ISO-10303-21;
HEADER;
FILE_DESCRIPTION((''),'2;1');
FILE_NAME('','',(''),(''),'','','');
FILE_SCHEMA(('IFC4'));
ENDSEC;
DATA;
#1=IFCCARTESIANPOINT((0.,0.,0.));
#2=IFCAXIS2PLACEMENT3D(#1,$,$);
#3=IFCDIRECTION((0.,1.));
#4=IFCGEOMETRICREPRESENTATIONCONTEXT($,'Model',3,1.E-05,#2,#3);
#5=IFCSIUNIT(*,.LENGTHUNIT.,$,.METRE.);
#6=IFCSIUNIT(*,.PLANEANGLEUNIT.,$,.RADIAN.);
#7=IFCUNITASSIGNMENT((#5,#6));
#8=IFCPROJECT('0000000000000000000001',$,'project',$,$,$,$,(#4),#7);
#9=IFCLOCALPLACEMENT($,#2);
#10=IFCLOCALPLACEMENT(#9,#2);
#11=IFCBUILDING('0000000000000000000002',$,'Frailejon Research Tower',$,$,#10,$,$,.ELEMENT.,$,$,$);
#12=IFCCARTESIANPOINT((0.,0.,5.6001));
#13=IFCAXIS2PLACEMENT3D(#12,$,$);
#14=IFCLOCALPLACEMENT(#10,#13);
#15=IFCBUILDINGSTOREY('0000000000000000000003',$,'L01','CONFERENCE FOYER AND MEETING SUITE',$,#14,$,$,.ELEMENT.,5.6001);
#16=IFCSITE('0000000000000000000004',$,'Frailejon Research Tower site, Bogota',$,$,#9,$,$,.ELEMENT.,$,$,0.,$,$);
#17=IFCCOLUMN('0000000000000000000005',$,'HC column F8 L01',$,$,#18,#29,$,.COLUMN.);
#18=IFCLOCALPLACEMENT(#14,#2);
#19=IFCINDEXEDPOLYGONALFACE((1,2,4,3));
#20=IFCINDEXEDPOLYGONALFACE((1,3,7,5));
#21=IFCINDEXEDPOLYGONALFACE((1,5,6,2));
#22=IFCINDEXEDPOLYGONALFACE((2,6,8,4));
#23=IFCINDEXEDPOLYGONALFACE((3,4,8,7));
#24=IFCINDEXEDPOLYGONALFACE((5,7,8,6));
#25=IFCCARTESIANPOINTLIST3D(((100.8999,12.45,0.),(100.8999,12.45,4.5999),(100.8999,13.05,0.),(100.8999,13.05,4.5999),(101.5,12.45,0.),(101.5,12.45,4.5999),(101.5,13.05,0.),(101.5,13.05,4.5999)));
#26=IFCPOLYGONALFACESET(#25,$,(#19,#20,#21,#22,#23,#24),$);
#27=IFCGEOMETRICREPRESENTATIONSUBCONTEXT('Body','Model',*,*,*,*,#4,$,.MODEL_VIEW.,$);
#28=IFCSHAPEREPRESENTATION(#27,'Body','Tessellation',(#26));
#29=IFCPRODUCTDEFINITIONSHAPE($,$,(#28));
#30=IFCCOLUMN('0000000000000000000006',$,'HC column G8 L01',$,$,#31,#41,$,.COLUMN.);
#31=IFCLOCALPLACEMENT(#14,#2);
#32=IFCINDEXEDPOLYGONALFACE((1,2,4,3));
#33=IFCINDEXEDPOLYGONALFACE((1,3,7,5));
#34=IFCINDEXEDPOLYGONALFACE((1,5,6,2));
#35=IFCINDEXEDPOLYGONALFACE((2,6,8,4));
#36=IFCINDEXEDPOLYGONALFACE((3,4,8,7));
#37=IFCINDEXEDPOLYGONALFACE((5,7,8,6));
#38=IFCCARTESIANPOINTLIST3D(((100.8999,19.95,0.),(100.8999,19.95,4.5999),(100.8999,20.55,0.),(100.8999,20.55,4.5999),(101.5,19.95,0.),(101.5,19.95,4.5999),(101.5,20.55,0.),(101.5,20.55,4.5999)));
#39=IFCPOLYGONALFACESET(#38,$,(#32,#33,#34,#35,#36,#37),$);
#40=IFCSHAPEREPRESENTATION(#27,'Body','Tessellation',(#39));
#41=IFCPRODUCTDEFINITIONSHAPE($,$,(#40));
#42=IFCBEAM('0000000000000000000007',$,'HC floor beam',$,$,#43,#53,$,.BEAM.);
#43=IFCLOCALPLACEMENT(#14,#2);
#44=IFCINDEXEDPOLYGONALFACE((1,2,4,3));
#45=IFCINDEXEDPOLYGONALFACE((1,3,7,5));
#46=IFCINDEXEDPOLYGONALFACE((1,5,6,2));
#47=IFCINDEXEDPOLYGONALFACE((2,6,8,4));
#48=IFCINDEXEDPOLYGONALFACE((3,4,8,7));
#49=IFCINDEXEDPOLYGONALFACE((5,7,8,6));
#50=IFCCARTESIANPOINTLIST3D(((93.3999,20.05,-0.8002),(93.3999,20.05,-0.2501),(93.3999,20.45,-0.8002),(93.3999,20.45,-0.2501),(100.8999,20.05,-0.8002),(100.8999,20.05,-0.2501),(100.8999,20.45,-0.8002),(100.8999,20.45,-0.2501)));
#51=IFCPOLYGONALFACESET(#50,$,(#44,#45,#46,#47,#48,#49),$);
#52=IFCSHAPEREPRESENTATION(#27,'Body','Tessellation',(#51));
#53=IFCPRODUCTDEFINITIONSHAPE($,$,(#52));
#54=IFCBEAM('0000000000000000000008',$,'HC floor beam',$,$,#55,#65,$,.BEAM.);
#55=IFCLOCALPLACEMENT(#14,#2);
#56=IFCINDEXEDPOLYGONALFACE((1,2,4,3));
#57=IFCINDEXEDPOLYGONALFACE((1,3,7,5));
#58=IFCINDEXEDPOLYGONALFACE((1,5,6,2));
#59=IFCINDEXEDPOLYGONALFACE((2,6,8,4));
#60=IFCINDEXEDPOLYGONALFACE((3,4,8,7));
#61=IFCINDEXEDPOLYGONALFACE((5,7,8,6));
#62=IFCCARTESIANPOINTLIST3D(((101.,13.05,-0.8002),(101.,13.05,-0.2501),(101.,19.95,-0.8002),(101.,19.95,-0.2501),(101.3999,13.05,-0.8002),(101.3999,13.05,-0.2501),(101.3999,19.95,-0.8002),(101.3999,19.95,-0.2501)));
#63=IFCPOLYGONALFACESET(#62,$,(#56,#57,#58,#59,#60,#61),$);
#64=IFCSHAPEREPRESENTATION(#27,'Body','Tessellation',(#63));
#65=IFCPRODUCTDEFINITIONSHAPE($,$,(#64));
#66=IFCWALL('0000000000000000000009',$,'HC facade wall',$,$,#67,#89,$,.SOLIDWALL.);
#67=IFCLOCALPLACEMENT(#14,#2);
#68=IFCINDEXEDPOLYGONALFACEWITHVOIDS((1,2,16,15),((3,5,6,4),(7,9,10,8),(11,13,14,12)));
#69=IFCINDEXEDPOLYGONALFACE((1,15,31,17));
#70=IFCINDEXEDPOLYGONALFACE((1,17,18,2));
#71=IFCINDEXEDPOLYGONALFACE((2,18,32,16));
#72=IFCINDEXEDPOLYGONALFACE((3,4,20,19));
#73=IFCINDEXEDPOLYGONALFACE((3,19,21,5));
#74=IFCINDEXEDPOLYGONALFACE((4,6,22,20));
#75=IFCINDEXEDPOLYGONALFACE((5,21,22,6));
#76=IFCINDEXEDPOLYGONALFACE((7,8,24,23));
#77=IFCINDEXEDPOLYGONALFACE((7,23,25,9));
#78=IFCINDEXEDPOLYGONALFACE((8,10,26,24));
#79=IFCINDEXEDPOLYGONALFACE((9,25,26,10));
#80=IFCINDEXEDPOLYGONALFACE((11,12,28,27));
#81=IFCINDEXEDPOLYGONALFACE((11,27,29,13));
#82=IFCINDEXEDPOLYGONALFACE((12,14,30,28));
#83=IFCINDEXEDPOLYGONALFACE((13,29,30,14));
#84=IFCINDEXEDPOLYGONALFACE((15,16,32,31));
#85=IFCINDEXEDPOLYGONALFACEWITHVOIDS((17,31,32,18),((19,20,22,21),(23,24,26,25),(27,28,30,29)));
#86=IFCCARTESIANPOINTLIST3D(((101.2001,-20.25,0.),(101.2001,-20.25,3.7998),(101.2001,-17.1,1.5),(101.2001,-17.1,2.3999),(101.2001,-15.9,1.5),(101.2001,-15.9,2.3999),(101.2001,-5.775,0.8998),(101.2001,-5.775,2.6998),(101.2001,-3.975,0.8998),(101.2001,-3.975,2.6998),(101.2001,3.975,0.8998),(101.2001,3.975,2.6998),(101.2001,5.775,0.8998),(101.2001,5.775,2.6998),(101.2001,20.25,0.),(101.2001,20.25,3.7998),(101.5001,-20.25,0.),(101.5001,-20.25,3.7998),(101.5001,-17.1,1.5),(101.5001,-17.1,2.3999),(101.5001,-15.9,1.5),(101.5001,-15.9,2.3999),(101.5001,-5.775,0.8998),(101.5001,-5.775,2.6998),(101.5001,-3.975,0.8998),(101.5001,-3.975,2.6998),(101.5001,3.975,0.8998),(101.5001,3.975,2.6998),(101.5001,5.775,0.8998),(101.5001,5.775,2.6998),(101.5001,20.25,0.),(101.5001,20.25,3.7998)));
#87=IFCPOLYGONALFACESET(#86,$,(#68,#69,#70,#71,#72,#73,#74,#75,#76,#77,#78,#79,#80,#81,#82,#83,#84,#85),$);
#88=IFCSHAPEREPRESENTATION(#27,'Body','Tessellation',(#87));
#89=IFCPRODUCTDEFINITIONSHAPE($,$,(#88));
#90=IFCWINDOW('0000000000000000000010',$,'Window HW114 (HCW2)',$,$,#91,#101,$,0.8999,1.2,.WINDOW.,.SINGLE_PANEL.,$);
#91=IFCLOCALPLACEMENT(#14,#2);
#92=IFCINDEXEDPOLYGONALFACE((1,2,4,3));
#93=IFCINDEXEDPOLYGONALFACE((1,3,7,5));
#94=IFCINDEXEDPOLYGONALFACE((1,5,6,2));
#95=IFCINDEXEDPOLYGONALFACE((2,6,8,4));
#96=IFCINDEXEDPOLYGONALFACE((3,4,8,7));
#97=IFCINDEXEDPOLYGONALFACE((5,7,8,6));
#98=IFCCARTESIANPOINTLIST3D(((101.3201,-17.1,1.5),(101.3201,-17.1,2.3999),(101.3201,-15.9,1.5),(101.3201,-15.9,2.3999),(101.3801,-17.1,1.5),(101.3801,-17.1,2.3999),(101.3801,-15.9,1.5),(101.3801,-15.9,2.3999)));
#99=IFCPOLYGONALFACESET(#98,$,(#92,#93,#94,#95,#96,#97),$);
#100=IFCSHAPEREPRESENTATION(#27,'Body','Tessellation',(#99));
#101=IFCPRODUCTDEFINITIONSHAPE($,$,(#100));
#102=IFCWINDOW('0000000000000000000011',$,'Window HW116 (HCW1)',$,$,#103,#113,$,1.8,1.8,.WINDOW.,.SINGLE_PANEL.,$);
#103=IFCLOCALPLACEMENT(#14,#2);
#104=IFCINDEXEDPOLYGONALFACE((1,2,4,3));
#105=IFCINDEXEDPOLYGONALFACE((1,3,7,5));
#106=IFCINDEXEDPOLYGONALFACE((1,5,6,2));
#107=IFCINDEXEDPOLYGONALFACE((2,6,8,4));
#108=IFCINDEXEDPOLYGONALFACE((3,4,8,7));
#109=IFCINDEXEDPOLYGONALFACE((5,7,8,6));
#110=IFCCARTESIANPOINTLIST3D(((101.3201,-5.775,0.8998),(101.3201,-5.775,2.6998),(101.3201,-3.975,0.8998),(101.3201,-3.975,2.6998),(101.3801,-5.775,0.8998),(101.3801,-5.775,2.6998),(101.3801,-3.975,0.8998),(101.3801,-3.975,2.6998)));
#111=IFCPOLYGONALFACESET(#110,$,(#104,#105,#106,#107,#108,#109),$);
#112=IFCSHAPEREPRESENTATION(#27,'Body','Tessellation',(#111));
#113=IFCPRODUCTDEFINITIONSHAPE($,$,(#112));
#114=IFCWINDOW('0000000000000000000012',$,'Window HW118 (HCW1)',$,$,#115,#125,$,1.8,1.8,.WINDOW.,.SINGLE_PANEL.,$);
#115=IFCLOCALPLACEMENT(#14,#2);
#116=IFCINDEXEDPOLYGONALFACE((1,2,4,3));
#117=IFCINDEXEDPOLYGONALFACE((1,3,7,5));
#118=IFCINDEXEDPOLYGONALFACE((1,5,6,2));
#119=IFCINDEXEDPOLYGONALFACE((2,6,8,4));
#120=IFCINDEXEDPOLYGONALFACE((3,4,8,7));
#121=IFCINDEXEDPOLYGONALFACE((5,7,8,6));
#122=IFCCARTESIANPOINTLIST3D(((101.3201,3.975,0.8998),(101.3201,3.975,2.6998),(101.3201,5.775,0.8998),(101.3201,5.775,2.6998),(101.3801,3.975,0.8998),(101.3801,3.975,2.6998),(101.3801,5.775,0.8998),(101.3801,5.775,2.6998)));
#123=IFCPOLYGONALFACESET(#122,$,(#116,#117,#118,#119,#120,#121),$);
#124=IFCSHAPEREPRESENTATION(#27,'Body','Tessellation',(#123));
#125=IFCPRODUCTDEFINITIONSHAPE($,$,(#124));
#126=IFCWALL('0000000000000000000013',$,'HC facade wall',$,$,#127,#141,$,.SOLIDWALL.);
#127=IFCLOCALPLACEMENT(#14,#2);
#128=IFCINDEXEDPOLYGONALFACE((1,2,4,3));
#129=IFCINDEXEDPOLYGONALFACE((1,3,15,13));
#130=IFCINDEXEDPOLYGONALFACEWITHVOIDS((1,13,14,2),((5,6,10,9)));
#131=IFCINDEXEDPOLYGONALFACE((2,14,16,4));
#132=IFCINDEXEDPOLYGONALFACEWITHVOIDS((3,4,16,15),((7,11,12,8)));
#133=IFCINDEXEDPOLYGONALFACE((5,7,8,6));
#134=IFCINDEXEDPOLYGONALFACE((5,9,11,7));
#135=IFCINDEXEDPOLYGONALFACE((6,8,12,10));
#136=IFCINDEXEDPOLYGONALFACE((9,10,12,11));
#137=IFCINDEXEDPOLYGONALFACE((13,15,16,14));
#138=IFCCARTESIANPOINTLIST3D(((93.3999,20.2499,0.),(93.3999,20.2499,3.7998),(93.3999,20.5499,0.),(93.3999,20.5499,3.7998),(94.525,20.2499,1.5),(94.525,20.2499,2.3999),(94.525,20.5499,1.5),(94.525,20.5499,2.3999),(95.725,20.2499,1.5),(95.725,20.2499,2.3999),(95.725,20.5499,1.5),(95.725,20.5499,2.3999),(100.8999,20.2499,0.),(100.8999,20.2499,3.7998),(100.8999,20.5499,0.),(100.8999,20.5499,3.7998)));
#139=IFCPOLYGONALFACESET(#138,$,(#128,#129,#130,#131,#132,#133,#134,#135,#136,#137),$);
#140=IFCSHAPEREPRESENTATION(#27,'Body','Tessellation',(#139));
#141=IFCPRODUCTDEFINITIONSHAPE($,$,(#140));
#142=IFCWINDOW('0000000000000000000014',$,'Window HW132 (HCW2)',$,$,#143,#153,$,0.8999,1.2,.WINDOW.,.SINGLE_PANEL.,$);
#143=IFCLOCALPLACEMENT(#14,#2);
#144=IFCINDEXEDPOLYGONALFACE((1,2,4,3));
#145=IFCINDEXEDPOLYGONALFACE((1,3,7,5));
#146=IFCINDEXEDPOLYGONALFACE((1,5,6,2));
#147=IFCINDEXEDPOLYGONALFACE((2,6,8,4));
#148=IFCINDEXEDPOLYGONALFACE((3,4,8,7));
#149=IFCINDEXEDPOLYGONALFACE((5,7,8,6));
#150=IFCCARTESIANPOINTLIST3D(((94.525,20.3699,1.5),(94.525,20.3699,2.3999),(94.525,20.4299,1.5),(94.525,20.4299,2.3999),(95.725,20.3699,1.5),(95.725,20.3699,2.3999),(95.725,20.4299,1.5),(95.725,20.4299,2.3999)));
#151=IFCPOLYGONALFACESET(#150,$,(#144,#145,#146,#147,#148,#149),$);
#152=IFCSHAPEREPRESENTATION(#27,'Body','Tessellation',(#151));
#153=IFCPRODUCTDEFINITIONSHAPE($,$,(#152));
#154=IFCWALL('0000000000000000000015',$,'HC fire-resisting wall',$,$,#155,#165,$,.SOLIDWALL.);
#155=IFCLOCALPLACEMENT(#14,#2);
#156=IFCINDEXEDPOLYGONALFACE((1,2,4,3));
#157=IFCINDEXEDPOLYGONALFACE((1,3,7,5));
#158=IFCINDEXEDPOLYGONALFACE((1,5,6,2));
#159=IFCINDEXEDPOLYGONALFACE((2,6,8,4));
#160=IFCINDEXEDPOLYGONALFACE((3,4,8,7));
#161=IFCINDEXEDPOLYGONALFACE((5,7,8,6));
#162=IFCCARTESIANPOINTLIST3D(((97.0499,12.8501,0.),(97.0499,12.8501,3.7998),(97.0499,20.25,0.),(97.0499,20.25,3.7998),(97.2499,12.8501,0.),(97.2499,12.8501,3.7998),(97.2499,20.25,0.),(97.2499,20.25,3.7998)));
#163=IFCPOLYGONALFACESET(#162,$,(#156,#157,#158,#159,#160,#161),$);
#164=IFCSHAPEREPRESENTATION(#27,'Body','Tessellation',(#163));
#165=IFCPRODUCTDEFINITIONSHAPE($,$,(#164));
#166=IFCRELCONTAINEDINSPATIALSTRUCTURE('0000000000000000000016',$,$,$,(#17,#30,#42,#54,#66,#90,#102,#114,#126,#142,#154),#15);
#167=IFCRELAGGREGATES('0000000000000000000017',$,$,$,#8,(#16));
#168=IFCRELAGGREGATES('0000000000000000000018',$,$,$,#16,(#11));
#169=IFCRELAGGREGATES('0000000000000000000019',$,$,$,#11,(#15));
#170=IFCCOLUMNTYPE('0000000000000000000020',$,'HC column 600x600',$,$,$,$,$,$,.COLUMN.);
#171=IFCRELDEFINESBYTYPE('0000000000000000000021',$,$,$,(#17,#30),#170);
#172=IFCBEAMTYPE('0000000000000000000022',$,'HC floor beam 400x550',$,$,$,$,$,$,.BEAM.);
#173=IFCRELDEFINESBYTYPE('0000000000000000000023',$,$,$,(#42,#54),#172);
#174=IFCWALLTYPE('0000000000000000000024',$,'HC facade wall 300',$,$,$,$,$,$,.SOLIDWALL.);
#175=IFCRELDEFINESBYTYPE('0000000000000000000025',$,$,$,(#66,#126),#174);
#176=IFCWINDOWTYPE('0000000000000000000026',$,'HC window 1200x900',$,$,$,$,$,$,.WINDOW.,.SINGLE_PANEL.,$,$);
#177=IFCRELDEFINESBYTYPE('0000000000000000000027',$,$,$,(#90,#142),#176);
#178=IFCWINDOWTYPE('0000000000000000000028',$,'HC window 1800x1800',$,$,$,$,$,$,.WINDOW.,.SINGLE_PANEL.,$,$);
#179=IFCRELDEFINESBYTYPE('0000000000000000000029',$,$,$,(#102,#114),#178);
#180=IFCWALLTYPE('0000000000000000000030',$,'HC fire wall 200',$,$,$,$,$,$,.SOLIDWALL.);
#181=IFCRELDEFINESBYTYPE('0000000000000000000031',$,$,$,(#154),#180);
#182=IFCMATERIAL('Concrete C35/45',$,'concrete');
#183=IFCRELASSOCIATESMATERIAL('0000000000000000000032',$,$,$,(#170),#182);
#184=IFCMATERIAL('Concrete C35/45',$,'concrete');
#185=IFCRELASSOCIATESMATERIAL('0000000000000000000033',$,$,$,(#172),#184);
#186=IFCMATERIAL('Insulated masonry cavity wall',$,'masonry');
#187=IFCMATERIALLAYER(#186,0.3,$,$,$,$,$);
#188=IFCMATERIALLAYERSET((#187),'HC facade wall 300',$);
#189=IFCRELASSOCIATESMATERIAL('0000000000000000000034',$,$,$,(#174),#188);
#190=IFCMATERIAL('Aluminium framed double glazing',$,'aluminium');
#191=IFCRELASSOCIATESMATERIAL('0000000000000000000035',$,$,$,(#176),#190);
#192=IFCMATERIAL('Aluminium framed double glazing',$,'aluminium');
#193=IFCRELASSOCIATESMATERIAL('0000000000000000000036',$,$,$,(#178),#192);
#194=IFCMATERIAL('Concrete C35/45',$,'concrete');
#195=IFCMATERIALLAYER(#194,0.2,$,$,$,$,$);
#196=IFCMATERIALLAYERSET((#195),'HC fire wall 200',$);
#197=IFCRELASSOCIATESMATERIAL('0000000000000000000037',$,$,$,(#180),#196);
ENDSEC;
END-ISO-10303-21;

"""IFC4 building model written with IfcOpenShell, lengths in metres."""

from ifc_helpers import new_model, si_unit, direction, frame, frame_2d, origin, origin_2d, place, context, subcontext, project, spatial, rectangle, extrude, material, layer, layer_set, material_profile, profile_set, type_object, element, fill, save


model = new_model("IFC4")

# Units and contexts
model_context = context("Model", 3, precision=1e-05, world=origin(), true_north=direction((0.0, 1.0)))
body_context = subcontext(model_context, "Body", "Model", "MODEL_VIEW")
ifc_project = project(units=[si_unit("LENGTHUNIT", "METRE"), si_unit("PLANEANGLEUNIT", "RADIAN")], contexts=[model_context])

# Site, building, storey
site_placement = place(None, origin())
site = spatial("IfcSite", under=ifc_project, at=site_placement, Name="Frailejon Research Tower site, Bogota", CompositionType="ELEMENT", RefElevation=0.0)
building_placement = place(site_placement, origin())
building = spatial("IfcBuilding", under=site, at=building_placement, Name="Frailejon Research Tower", CompositionType="ELEMENT")
storey_placement = place(building_placement, frame((0.0, 0.0, 5.6001)))
storey = spatial("IfcBuildingStorey", under=building, at=storey_placement, Name="L01", Description="CONFERENCE FOYER AND MEETING SUITE", CompositionType="ELEMENT", Elevation=5.6001)

# Columns
ifc_material_1 = material(Name="Concrete C35/45", Category="concrete")
ifc_material_profile_1 = material_profile(ifc_material_1, rectangle(XDim=0.6001, YDim=0.6001, at=origin_2d()), Name="HC column 600x600")
ifc_profile_set_1 = profile_set([ifc_material_profile_1], Name="Concrete C35/45")
column_type = type_object("IfcColumnType", Name="HC column 600x600", PredefinedType="COLUMN", material=ifc_profile_set_1)
for number, where, z_axis, x_axis, name in (
    (1, (101.2, 12.75, 0.0), (0.0, 0.0, 1.0), (1.0, 0.0, 0.0), "HC column F8 L01"),
    (2, (101.2, 20.25, 0.0), (0.0, 0.0, 1.0), (1.0, 0.0, 0.0), "HC column G8 L01"),
):
    element("IfcColumn", number, at=place(storey_placement, frame(where, z_axis=z_axis, x_axis=x_axis)), inside=storey, type_object=column_type, Name=name, PredefinedType="COLUMN", context=body_context, shape_type="SweptSolid", body=[
        extrude(rectangle(XDim=0.6001, YDim=0.6001, at=origin_2d()), origin(), (0.0, 0.0, 1.0), 4.5999),
    ])

# Beams
ifc_material_2 = material(Name="Concrete C35/45", Category="concrete")
ifc_material_profile_2 = material_profile(ifc_material_2, rectangle(XDim=0.3999, YDim=0.55, at=origin_2d()), Name="HC floor beam 400x550")
ifc_profile_set_2 = profile_set([ifc_material_profile_2], Name="Concrete C35/45")
beam_type = type_object("IfcBeamType", Name="HC floor beam 400x550", PredefinedType="BEAM", material=ifc_profile_set_2)
beam_1_placement = place(storey_placement, frame((93.3999, 20.25, -0.5251), z_axis=(1.0, 0.0, 0.0), x_axis=(0.0, 1.0, 0.0)))
element("IfcBeam", 3, at=beam_1_placement, inside=storey, type_object=beam_type, Name="HC floor beam", PredefinedType="BEAM", context=body_context, shape_type="SweptSolid", body=[
    extrude(rectangle(XDim=0.3999, YDim=0.55, at=origin_2d()), origin(), (0.0, 0.0, 1.0), 7.5),
])
beam_2_placement = place(storey_placement, frame((101.2, 13.05, -0.5251), z_axis=(0.0, 1.0, 0.0), x_axis=(-1.0, 0.0, 0.0)))
element("IfcBeam", 4, at=beam_2_placement, inside=storey, type_object=beam_type, Name="HC floor beam", PredefinedType="BEAM", context=body_context, shape_type="SweptSolid", body=[
    extrude(rectangle(XDim=0.3999, YDim=0.55, at=origin_2d()), origin(), (0.0, 0.0, 1.0), 6.8999),
])

# Wall, openings, windows
ifc_material_3 = material(Name="Insulated masonry cavity wall", Category="masonry")
ifc_layer_1 = layer(ifc_material_3, 0.3)
ifc_layer_set_1 = layer_set([ifc_layer_1], Name="HC facade wall 300")
wall_type_1 = type_object("IfcWallType", Name="HC facade wall 300", PredefinedType="SOLIDWALL", material=ifc_layer_set_1)
wall_1_placement = place(storey_placement, frame((101.3501, 20.25, 0.0), z_axis=(0.0, 0.0, 1.0), x_axis=(0.0, -1.0, 0.0)))
wall_1 = element("IfcWall", 5, at=wall_1_placement, inside=storey, type_object=wall_type_1, Name="HC facade wall", PredefinedType="SOLIDWALL", context=body_context, shape_type="SweptSolid", body=[
    extrude(rectangle(XDim=40.5, YDim=0.3, at=frame_2d((20.25, 0.0))), origin(), (0.0, 0.0, 1.0), 3.7998),
])
opening_1_placement = place(wall_1_placement, frame((36.1499, 0.0, 1.5)))
opening_1 = element("IfcOpeningElement", 6, at=opening_1_placement, cuts=wall_1, PredefinedType="OPENING", context=body_context, shape_type="SweptSolid", body=[
    extrude(rectangle(XDim=1.2, YDim=0.8999, at=frame_2d((0.6001, 0.45))), frame((0.0, 0.1599, 0.0), z_axis=(0.0, -1.0, 0.0), x_axis=(1.0, 0.0, 0.0)), (0.0, 0.0, 1.0), 0.3201),
])
opening_2_placement = place(wall_1_placement, frame((24.2251, 0.0, 0.8999)))
opening_2 = element("IfcOpeningElement", 7, at=opening_2_placement, cuts=wall_1, PredefinedType="OPENING", context=body_context, shape_type="SweptSolid", body=[
    extrude(rectangle(XDim=1.8, YDim=1.8, at=frame_2d((0.8999, 0.8999))), frame((0.0, 0.1599, 0.0), z_axis=(0.0, -1.0, 0.0), x_axis=(1.0, 0.0, 0.0)), (0.0, 0.0, 1.0), 0.3201),
])
opening_3_placement = place(wall_1_placement, frame((14.4751, 0.0, 0.8999)))
opening_3 = element("IfcOpeningElement", 8, at=opening_3_placement, cuts=wall_1, PredefinedType="OPENING", context=body_context, shape_type="SweptSolid", body=[
    extrude(rectangle(XDim=1.8, YDim=1.8, at=frame_2d((0.8999, 0.8999))), frame((0.0, 0.1599, 0.0), z_axis=(0.0, -1.0, 0.0), x_axis=(1.0, 0.0, 0.0)), (0.0, 0.0, 1.0), 0.3201),
])
ifc_material_4 = material(Name="Aluminium framed double glazing", Category="aluminium")
window_type_1 = type_object("IfcWindowType", Name="HC window 1200x900", PartitioningType="SINGLE_PANEL", PredefinedType="WINDOW", material=ifc_material_4)
window_1_placement = place(opening_1_placement, origin())
window_1 = element("IfcWindow", 9, at=window_1_placement, inside=storey, type_object=window_type_1, Name="Window HW114 (HCW2)", OverallHeight=0.8999, OverallWidth=1.2, PartitioningType="SINGLE_PANEL", PredefinedType="WINDOW", context=body_context, shape_type="SweptSolid", body=[
    extrude(rectangle(XDim=1.2, YDim=0.8999, at=frame_2d((0.6001, 0.45))), frame((0.0, 0.03, 0.0), z_axis=(0.0, -1.0, 0.0), x_axis=(1.0, 0.0, 0.0)), (0.0, 0.0, 1.0), 0.0601),
])
fill(opening_1, window_1)
ifc_material_5 = material(Name="Aluminium framed double glazing", Category="aluminium")
window_type_2 = type_object("IfcWindowType", Name="HC window 1800x1800", PartitioningType="SINGLE_PANEL", PredefinedType="WINDOW", material=ifc_material_5)
window_2_placement = place(opening_2_placement, origin())
window_2 = element("IfcWindow", 10, at=window_2_placement, inside=storey, type_object=window_type_2, Name="Window HW116 (HCW1)", OverallHeight=1.8, OverallWidth=1.8, PartitioningType="SINGLE_PANEL", PredefinedType="WINDOW", context=body_context, shape_type="SweptSolid", body=[
    extrude(rectangle(XDim=1.8, YDim=1.8, at=frame_2d((0.8999, 0.8999))), frame((0.0, 0.03, 0.0), z_axis=(0.0, -1.0, 0.0), x_axis=(1.0, 0.0, 0.0)), (0.0, 0.0, 1.0), 0.0601),
])
fill(opening_2, window_2)
window_3_placement = place(opening_3_placement, origin())
window_3 = element("IfcWindow", 11, at=window_3_placement, inside=storey, type_object=window_type_2, Name="Window HW118 (HCW1)", OverallHeight=1.8, OverallWidth=1.8, PartitioningType="SINGLE_PANEL", PredefinedType="WINDOW", context=body_context, shape_type="SweptSolid", body=[
    extrude(rectangle(XDim=1.8, YDim=1.8, at=frame_2d((0.8999, 0.8999))), frame((0.0, 0.03, 0.0), z_axis=(0.0, -1.0, 0.0), x_axis=(1.0, 0.0, 0.0)), (0.0, 0.0, 1.0), 0.0601),
])
fill(opening_3, window_3)

# Wall, opening, window
wall_2_placement = place(storey_placement, frame((93.3999, 20.3999, 0.0), z_axis=(0.0, 0.0, 1.0), x_axis=(1.0, 0.0, 0.0)))
wall_2 = element("IfcWall", 12, at=wall_2_placement, inside=storey, type_object=wall_type_1, Name="HC facade wall", PredefinedType="SOLIDWALL", context=body_context, shape_type="SweptSolid", body=[
    extrude(rectangle(XDim=7.5, YDim=0.3, at=frame_2d((3.75, 0.0))), origin(), (0.0, 0.0, 1.0), 3.7998),
])
opening_4_placement = place(wall_2_placement, frame((1.125, 0.0, 1.5)))
opening_4 = element("IfcOpeningElement", 13, at=opening_4_placement, cuts=wall_2, PredefinedType="OPENING", context=body_context, shape_type="SweptSolid", body=[
    extrude(rectangle(XDim=1.2, YDim=0.8999, at=frame_2d((0.6001, 0.45))), frame((0.0, 0.1599, 0.0), z_axis=(0.0, -1.0, 0.0), x_axis=(1.0, 0.0, 0.0)), (0.0, 0.0, 1.0), 0.3201),
])
window_4_placement = place(opening_4_placement, origin())
window_4 = element("IfcWindow", 14, at=window_4_placement, inside=storey, type_object=window_type_1, Name="Window HW132 (HCW2)", OverallHeight=0.8999, OverallWidth=1.2, PartitioningType="SINGLE_PANEL", PredefinedType="WINDOW", context=body_context, shape_type="SweptSolid", body=[
    extrude(rectangle(XDim=1.2, YDim=0.8999, at=frame_2d((0.6001, 0.45))), frame((0.0, 0.03, 0.0), z_axis=(0.0, -1.0, 0.0), x_axis=(1.0, 0.0, 0.0)), (0.0, 0.0, 1.0), 0.0601),
])
fill(opening_4, window_4)

# Wall
ifc_material_6 = material(Name="Concrete C35/45", Category="concrete")
ifc_layer_2 = layer(ifc_material_6, 0.2)
ifc_layer_set_2 = layer_set([ifc_layer_2], Name="HC fire wall 200")
wall_type_2 = type_object("IfcWallType", Name="HC fire wall 200", PredefinedType="SOLIDWALL", material=ifc_layer_set_2)
wall_3_placement = place(storey_placement, frame((97.1499, 12.8501, 0.0), z_axis=(0.0, 0.0, 1.0), x_axis=(0.0, 1.0, 0.0)))
element("IfcWall", 15, at=wall_3_placement, inside=storey, type_object=wall_type_2, Name="HC fire-resisting wall", PredefinedType="SOLIDWALL", context=body_context, shape_type="SweptSolid", body=[
    extrude(rectangle(XDim=7.3999, YDim=0.2, at=frame_2d((3.7, 0.0))), origin(), (0.0, 0.0, 1.0), 3.7998),
])

save(model, "model.ifc")
